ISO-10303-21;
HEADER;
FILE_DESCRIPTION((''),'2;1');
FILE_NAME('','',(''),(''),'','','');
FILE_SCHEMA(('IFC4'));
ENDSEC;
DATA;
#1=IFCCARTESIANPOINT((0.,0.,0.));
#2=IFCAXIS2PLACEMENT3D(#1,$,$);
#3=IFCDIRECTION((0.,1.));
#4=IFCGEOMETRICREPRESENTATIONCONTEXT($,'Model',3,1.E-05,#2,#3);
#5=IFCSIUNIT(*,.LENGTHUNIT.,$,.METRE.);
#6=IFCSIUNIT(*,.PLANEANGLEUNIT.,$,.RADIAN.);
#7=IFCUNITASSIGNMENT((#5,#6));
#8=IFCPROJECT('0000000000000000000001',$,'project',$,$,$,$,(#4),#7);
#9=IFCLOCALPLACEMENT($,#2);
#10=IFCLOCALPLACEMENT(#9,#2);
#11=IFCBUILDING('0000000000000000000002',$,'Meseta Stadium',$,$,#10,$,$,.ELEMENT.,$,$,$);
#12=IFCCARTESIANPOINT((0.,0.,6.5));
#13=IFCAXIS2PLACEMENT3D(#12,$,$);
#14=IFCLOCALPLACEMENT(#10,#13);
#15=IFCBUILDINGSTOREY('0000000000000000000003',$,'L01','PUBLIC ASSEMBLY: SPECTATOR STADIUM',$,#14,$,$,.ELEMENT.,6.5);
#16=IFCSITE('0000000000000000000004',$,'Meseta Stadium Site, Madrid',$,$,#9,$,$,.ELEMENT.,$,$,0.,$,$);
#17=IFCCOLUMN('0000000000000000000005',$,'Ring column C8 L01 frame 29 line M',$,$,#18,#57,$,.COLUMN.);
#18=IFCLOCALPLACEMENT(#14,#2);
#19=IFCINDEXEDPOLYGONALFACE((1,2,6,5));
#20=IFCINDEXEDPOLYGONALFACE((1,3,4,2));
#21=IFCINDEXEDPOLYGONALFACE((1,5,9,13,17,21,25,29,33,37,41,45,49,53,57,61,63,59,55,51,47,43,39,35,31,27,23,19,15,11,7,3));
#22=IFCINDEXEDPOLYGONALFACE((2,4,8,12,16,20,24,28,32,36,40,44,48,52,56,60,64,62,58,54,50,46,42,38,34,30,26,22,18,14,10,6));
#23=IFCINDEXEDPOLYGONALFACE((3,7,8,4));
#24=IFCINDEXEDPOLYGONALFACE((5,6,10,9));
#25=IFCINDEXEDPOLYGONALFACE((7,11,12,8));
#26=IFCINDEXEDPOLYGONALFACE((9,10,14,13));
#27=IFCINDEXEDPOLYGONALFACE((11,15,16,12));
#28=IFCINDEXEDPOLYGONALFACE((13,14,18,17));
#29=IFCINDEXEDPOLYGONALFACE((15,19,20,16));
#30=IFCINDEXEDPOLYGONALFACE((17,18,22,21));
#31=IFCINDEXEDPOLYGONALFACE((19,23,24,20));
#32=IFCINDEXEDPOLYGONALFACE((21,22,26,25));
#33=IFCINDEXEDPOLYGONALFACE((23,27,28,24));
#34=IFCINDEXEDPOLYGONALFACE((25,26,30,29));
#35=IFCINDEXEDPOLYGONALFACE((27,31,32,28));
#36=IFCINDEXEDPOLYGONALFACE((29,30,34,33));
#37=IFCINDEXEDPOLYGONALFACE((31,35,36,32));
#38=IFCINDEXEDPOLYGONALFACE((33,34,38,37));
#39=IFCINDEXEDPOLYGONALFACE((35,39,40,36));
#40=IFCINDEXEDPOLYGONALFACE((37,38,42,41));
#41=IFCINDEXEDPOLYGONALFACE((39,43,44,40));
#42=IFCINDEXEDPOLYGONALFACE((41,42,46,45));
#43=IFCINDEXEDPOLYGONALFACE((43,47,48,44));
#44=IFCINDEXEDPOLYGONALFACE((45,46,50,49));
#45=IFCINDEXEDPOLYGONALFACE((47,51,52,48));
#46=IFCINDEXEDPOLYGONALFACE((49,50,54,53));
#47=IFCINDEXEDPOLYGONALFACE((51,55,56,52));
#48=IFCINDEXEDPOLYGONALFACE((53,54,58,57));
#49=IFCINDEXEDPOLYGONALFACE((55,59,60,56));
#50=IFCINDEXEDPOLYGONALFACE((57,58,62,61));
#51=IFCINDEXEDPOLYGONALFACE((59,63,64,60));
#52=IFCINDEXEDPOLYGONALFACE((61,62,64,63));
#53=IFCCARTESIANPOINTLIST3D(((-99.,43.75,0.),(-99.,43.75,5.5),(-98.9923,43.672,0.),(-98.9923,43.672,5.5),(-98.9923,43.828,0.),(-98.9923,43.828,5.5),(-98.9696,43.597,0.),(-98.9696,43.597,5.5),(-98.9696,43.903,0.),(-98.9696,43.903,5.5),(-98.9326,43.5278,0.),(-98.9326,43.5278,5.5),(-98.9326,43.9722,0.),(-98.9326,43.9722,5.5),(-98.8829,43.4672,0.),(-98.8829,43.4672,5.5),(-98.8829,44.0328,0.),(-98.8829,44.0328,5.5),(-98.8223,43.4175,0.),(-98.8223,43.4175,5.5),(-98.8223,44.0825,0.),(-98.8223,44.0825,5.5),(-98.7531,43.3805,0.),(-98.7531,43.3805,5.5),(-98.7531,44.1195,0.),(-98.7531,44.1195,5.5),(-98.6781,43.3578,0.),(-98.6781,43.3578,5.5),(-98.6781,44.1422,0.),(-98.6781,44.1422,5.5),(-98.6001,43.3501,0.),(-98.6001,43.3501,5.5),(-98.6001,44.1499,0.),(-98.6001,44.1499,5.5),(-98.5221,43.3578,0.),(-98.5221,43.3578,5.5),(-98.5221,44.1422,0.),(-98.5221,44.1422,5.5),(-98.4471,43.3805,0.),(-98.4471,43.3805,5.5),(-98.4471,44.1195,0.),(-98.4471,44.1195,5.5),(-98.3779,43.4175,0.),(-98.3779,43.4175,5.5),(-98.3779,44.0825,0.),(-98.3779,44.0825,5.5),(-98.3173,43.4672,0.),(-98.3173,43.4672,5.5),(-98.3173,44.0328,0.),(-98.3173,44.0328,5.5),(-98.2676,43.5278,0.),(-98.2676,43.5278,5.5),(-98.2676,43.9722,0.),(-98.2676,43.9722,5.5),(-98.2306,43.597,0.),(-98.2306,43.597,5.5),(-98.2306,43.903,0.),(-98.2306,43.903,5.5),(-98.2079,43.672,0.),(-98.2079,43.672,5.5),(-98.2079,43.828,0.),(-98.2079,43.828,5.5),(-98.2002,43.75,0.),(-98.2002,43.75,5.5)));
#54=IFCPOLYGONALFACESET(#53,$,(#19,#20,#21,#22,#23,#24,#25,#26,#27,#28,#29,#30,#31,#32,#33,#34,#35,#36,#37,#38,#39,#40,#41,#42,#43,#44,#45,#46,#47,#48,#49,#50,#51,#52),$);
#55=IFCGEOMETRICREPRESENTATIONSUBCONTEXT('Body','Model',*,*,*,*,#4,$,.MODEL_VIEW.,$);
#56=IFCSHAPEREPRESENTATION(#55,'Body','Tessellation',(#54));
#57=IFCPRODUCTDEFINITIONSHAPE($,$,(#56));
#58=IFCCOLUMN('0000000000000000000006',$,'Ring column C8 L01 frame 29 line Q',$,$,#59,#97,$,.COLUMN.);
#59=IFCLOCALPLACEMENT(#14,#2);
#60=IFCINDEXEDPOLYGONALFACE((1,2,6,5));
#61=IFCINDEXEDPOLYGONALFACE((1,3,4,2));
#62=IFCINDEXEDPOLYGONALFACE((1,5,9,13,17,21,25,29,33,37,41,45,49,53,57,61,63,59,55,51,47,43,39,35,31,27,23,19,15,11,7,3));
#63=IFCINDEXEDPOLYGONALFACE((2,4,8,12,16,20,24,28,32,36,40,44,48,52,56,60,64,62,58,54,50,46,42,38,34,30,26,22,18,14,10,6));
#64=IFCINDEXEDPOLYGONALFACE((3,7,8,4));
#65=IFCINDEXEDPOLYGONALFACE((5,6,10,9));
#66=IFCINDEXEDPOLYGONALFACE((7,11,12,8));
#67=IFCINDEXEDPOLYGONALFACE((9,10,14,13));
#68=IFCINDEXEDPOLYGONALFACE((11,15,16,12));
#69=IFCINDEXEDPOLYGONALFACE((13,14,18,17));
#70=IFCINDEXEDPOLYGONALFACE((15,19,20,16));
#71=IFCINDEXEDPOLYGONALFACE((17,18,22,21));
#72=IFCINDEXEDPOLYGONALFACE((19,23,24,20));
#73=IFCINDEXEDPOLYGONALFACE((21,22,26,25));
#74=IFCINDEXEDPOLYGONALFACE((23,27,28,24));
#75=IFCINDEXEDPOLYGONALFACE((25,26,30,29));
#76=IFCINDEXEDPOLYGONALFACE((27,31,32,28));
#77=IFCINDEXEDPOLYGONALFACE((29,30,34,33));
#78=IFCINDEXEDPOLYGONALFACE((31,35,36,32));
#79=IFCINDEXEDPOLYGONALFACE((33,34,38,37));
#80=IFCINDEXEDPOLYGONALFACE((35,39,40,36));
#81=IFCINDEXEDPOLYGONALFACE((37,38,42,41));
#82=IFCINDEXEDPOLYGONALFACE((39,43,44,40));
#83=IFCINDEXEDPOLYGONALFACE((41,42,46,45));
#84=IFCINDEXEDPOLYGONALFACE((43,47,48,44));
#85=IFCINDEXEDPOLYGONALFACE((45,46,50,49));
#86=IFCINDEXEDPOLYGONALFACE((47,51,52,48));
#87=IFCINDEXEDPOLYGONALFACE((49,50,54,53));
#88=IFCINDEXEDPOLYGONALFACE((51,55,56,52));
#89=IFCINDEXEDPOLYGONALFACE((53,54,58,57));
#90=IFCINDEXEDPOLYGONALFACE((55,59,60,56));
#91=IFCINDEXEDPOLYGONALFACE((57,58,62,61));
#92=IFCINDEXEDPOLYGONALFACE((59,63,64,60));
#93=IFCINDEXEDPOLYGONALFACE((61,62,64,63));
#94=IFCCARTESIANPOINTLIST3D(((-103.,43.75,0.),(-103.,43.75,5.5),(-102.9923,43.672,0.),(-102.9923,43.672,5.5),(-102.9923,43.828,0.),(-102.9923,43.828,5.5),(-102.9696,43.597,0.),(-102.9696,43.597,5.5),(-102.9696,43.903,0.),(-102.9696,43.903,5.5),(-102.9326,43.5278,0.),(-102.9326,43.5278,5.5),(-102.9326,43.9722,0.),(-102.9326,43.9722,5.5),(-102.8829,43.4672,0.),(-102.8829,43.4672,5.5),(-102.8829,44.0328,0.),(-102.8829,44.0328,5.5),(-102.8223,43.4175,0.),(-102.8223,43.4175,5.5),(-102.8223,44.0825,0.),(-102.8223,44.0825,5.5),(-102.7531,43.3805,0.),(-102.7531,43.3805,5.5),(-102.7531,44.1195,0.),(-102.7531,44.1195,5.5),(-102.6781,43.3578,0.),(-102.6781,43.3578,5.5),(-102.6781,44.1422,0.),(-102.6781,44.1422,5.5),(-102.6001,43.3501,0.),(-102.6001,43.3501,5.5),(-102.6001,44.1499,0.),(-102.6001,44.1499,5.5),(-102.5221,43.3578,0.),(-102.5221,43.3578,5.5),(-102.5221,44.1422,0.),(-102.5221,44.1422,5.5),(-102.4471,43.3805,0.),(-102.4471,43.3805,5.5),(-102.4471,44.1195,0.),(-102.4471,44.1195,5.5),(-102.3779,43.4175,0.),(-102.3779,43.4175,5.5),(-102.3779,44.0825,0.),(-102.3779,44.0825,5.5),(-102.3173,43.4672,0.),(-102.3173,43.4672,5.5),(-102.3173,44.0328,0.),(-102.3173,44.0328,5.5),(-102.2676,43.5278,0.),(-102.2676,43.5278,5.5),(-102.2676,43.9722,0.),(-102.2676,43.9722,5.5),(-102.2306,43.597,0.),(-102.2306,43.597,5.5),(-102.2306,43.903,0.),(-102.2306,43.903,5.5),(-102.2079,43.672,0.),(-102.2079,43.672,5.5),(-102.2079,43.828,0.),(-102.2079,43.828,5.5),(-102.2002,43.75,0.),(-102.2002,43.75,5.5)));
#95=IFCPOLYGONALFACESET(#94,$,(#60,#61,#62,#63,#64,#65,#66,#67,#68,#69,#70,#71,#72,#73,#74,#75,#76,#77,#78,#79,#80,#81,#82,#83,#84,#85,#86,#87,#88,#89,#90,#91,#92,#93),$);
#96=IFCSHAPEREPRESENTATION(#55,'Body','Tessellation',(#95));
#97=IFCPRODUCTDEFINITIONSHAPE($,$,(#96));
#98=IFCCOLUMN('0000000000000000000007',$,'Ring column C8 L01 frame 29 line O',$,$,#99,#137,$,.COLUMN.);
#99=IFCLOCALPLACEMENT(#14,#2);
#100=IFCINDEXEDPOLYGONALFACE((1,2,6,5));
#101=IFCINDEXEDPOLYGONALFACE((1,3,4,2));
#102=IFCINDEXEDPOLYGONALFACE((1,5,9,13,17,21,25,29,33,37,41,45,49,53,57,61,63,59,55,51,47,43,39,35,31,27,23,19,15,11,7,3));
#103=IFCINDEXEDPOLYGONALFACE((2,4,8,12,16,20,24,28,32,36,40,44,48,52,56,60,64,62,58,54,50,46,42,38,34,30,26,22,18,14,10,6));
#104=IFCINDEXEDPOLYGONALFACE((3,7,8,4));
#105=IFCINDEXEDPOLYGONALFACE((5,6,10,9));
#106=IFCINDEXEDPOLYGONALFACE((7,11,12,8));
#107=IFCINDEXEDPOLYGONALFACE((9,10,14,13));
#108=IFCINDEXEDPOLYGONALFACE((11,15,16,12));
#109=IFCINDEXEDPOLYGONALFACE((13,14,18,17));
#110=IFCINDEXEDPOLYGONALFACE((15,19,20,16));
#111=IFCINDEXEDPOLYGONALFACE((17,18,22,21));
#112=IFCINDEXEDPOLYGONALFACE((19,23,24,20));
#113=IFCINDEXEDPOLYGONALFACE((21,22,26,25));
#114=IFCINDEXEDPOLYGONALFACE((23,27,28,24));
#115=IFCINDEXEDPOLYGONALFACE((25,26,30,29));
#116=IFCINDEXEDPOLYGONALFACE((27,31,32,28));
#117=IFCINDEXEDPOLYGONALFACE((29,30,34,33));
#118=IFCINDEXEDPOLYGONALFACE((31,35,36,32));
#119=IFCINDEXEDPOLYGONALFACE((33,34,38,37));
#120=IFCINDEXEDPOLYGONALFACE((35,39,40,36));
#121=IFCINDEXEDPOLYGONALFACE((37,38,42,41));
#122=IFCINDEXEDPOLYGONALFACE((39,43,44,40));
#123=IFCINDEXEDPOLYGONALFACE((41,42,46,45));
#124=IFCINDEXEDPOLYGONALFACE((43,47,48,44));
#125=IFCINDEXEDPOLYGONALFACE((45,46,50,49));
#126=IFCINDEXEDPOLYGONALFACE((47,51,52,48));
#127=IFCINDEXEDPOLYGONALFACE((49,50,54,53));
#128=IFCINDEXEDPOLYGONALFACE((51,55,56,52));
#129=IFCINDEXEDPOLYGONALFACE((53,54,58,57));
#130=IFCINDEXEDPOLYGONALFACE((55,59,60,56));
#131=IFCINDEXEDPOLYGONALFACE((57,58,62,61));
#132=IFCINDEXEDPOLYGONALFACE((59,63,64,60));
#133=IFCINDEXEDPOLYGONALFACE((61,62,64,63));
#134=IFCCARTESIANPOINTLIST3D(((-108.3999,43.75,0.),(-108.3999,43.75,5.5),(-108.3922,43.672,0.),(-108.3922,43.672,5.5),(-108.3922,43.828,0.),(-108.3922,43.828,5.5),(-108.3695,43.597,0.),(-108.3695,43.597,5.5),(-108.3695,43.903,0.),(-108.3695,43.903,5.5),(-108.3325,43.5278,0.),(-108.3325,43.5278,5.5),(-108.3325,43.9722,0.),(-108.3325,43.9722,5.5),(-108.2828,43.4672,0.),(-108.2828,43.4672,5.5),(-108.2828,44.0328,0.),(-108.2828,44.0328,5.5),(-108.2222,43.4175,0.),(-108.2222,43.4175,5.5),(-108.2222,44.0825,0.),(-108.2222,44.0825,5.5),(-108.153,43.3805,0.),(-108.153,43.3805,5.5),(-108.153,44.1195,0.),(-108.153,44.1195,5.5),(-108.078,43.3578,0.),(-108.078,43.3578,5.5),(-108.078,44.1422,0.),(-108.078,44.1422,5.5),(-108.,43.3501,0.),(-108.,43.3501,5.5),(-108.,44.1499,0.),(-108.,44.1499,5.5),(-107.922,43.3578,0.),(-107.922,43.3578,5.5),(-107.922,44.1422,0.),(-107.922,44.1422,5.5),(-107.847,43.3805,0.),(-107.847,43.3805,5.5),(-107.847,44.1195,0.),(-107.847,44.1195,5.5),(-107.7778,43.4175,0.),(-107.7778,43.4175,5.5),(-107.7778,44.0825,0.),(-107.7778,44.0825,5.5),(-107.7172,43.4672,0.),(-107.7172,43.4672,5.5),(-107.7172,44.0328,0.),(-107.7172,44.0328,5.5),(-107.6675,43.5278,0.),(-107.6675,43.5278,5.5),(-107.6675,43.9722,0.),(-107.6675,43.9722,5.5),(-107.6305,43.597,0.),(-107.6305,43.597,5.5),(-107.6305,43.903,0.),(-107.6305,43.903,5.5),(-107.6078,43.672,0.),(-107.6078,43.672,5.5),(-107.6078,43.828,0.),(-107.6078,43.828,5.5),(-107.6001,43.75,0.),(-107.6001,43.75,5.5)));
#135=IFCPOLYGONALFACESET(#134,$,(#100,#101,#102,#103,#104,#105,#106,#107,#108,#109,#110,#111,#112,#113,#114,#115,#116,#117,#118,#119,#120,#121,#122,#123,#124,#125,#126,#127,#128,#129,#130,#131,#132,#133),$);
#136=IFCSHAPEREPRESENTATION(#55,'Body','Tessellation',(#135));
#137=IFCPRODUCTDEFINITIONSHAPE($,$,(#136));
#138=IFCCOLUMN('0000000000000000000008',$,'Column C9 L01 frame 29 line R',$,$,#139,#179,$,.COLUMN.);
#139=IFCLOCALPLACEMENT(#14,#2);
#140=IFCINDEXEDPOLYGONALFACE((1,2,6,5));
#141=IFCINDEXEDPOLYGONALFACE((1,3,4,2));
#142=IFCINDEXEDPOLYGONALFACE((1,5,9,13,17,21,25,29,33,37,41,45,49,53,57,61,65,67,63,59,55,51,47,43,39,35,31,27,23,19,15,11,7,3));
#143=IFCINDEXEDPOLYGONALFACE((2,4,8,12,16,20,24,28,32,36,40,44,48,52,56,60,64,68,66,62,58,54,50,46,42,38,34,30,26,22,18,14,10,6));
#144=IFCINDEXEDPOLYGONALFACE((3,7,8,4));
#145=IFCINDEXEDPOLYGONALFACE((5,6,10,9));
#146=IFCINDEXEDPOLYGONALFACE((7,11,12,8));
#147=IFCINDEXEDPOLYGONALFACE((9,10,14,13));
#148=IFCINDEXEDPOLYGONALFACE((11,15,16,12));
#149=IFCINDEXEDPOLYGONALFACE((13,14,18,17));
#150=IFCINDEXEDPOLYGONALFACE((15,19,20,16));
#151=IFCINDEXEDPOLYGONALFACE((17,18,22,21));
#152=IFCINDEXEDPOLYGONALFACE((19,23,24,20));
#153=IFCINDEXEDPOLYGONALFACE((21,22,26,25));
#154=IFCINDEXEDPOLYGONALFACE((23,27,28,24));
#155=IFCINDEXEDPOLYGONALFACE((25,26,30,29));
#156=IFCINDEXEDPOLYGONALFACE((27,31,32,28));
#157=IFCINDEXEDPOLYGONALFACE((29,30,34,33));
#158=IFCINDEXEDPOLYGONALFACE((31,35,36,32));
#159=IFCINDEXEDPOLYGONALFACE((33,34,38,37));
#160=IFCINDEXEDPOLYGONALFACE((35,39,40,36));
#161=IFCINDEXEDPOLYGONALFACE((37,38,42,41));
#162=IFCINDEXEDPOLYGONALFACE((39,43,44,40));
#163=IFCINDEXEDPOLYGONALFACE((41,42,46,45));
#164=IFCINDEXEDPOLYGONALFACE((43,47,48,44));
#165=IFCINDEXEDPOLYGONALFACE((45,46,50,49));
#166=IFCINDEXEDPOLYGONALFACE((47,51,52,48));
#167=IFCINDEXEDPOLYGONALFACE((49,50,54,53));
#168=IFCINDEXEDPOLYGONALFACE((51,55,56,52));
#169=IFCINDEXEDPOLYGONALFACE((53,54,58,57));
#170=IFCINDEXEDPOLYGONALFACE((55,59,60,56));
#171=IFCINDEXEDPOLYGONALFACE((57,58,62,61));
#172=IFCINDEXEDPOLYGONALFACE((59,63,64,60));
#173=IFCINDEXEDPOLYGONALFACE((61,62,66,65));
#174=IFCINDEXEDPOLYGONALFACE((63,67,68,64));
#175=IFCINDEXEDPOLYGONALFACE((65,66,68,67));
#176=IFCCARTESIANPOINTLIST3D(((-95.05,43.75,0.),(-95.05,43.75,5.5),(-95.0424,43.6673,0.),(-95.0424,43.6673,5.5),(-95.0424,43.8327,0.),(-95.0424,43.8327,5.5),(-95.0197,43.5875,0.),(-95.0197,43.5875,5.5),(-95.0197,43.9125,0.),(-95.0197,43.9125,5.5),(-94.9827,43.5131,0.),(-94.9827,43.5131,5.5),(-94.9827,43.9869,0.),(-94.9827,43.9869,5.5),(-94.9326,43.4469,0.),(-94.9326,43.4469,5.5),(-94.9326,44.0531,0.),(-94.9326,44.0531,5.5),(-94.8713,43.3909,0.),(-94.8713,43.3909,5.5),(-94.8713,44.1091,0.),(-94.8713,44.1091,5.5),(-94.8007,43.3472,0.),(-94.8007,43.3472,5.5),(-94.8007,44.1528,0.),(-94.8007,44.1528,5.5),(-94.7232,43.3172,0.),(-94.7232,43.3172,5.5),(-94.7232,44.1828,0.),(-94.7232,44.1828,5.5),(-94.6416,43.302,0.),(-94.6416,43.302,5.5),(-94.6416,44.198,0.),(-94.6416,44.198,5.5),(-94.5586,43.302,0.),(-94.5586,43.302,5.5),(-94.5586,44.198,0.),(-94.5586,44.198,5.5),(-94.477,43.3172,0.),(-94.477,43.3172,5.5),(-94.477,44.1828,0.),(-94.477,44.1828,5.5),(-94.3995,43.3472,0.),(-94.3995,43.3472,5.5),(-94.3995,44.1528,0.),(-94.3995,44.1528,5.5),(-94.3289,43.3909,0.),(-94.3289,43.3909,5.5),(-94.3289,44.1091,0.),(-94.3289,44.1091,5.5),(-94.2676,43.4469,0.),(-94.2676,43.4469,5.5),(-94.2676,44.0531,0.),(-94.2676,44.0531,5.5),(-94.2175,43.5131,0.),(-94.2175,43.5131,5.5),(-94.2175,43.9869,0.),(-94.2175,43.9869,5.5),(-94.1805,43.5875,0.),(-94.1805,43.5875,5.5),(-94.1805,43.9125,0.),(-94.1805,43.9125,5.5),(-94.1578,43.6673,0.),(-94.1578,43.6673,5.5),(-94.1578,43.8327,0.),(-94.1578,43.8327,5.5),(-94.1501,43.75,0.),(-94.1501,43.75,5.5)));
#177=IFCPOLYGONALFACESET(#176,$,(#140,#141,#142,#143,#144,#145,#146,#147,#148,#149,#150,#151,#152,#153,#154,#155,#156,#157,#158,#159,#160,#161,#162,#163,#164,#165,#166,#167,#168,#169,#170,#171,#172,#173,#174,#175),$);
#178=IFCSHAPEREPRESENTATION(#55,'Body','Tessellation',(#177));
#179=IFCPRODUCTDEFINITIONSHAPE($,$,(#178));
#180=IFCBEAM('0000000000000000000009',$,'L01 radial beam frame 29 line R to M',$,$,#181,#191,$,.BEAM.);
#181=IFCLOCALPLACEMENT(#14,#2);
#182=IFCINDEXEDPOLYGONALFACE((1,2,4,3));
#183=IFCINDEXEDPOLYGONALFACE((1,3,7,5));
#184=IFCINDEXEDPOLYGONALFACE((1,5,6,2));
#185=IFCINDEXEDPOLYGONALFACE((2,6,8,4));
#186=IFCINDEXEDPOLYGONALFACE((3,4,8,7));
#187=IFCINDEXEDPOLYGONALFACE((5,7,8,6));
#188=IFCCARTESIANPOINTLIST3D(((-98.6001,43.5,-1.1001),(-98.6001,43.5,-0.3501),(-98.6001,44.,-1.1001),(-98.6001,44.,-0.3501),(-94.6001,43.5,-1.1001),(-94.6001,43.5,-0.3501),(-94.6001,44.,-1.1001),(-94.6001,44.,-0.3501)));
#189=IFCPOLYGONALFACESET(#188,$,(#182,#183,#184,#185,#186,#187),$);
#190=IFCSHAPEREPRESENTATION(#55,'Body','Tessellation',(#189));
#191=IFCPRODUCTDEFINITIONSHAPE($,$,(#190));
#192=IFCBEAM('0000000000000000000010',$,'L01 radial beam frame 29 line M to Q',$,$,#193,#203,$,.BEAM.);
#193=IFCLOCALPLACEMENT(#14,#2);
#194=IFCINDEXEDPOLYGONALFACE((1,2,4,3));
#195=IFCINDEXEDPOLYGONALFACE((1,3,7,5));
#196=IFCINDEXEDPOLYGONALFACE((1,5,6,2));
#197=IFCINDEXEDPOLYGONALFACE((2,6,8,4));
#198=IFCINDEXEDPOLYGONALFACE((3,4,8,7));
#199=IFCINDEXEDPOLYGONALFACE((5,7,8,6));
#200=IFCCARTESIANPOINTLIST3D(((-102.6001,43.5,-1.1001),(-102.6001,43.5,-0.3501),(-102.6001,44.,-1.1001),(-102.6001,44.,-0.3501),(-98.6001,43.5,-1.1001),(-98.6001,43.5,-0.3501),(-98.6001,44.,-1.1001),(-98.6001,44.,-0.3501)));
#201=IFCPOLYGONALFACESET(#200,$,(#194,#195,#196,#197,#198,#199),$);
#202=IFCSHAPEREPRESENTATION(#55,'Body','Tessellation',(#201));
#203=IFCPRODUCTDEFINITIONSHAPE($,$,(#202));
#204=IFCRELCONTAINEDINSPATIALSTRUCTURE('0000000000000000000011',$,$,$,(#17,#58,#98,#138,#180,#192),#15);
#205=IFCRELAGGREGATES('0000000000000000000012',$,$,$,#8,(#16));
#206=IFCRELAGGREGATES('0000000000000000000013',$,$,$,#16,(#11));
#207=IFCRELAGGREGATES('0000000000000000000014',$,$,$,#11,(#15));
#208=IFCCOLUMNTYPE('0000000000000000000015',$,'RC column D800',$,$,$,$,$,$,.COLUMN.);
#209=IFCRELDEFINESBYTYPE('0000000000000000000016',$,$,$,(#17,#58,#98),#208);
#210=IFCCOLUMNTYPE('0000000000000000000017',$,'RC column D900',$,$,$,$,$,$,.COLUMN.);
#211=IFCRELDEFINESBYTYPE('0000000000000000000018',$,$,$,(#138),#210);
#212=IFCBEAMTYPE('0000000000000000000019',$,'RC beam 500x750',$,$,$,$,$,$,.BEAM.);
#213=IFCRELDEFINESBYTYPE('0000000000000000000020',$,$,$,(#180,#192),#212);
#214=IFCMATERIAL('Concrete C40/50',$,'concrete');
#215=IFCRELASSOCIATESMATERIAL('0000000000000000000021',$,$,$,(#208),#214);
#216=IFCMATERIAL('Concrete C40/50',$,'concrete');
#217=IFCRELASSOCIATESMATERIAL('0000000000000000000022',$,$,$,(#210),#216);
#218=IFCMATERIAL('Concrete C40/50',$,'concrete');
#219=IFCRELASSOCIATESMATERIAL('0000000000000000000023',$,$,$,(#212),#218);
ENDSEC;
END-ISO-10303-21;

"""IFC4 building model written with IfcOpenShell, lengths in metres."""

from ifc_helpers import new_model, si_unit, direction, frame, origin, origin_2d, place, context, subcontext, project, spatial, rectangle, circle, extrude, material, material_profile, profile_set, type_object, element, save


model = new_model("IFC4")

# Units and contexts
model_context = context("Model", 3, precision=1e-05, world=origin(), true_north=direction((0.0, 1.0)))
body_context = subcontext(model_context, "Body", "Model", "MODEL_VIEW")
ifc_project = project(units=[si_unit("LENGTHUNIT", "METRE"), si_unit("PLANEANGLEUNIT", "RADIAN")], contexts=[model_context])

# Site, building, storey
site_placement = place(None, origin())
site = spatial("IfcSite", under=ifc_project, at=site_placement, Name="Meseta Stadium Site, Madrid", CompositionType="ELEMENT", RefElevation=0.0)
building_placement = place(site_placement, origin())
building = spatial("IfcBuilding", under=site, at=building_placement, Name="Meseta Stadium", CompositionType="ELEMENT")
storey_placement = place(building_placement, frame((0.0, 0.0, 6.5)))
storey = spatial("IfcBuildingStorey", under=building, at=storey_placement, Name="L01", Description="PUBLIC ASSEMBLY: SPECTATOR STADIUM", CompositionType="ELEMENT", Elevation=6.5)

# Columns
ifc_material_1 = material(Name="Concrete C40/50", Category="concrete")
ifc_material_profile_1 = material_profile(ifc_material_1, circle(Radius=0.3999, at=origin_2d()), Name="RC D800")
ifc_profile_set_1 = profile_set([ifc_material_profile_1], Name="Concrete C40/50")
column_type_1 = type_object("IfcColumnType", Name="RC column D800", PredefinedType="COLUMN", material=ifc_profile_set_1)
for number, where, z_axis, x_axis, name in (
    (1, (-98.6001, 43.75, 0.0), (0.0, 0.0, 1.0), (1.0, 0.0, 0.0), "Ring column C8 L01 frame 29 line M"),
    (2, (-102.6001, 43.75, 0.0), (0.0, 0.0, 1.0), (1.0, 0.0, 0.0), "Ring column C8 L01 frame 29 line Q"),
    (3, (-108.0, 43.75, 0.0), (0.0, 0.0, 1.0), (1.0, 0.0, 0.0), "Ring column C8 L01 frame 29 line O"),
):
    element("IfcColumn", number, at=place(storey_placement, frame(where, z_axis=z_axis, x_axis=x_axis)), inside=storey, type_object=column_type_1, Name=name, PredefinedType="COLUMN", context=body_context, shape_type="SweptSolid", body=[
        extrude(circle(Radius=0.3999, at=origin_2d()), origin(), (0.0, 0.0, 1.0), 5.5),
    ])
ifc_material_2 = material(Name="Concrete C40/50", Category="concrete")
ifc_material_profile_2 = material_profile(ifc_material_2, circle(Radius=0.45, at=origin_2d()), Name="RC D900")
ifc_profile_set_2 = profile_set([ifc_material_profile_2], Name="Concrete C40/50")
column_type_2 = type_object("IfcColumnType", Name="RC column D900", PredefinedType="COLUMN", material=ifc_profile_set_2)
column_placement = place(storey_placement, frame((-94.6001, 43.75, 0.0), z_axis=(0.0, 0.0, 1.0), x_axis=(1.0, 0.0, 0.0)))
element("IfcColumn", 4, at=column_placement, inside=storey, type_object=column_type_2, Name="Column C9 L01 frame 29 line R", PredefinedType="COLUMN", context=body_context, shape_type="SweptSolid", body=[
    extrude(circle(Radius=0.45, at=origin_2d()), origin(), (0.0, 0.0, 1.0), 5.5),
])

# Beams
ifc_material_3 = material(Name="Concrete C40/50", Category="concrete")
ifc_material_profile_3 = material_profile(ifc_material_3, rectangle(XDim=0.5, YDim=0.75, at=origin_2d()), Name="RC 500x750")
ifc_profile_set_3 = profile_set([ifc_material_profile_3], Name="Concrete C40/50")
beam_type_1 = type_object("IfcBeamType", Name="RC beam 500x750", PredefinedType="BEAM", material=ifc_profile_set_3)
for number, where, z_axis, x_axis, name in (
    (5, (-94.6001, 43.75, -0.7251), (-1.0, 0.0, 0.0), (0.0, -1.0, 0.0), "L01 radial beam frame 29 line R to M"),
    (6, (-98.6001, 43.75, -0.7251), (-1.0, 0.0, 0.0), (0.0, -1.0, 0.0), "L01 radial beam frame 29 line M to Q"),
):
    element("IfcBeam", number, at=place(storey_placement, frame(where, z_axis=z_axis, x_axis=x_axis)), inside=storey, type_object=beam_type_1, Name=name, PredefinedType="BEAM", context=body_context, shape_type="SweptSolid", body=[
        extrude(rectangle(XDim=0.5, YDim=0.75, at=origin_2d()), origin(), (0.0, 0.0, 1.0), 4.0),
    ])

save(model, "model.ifc")
